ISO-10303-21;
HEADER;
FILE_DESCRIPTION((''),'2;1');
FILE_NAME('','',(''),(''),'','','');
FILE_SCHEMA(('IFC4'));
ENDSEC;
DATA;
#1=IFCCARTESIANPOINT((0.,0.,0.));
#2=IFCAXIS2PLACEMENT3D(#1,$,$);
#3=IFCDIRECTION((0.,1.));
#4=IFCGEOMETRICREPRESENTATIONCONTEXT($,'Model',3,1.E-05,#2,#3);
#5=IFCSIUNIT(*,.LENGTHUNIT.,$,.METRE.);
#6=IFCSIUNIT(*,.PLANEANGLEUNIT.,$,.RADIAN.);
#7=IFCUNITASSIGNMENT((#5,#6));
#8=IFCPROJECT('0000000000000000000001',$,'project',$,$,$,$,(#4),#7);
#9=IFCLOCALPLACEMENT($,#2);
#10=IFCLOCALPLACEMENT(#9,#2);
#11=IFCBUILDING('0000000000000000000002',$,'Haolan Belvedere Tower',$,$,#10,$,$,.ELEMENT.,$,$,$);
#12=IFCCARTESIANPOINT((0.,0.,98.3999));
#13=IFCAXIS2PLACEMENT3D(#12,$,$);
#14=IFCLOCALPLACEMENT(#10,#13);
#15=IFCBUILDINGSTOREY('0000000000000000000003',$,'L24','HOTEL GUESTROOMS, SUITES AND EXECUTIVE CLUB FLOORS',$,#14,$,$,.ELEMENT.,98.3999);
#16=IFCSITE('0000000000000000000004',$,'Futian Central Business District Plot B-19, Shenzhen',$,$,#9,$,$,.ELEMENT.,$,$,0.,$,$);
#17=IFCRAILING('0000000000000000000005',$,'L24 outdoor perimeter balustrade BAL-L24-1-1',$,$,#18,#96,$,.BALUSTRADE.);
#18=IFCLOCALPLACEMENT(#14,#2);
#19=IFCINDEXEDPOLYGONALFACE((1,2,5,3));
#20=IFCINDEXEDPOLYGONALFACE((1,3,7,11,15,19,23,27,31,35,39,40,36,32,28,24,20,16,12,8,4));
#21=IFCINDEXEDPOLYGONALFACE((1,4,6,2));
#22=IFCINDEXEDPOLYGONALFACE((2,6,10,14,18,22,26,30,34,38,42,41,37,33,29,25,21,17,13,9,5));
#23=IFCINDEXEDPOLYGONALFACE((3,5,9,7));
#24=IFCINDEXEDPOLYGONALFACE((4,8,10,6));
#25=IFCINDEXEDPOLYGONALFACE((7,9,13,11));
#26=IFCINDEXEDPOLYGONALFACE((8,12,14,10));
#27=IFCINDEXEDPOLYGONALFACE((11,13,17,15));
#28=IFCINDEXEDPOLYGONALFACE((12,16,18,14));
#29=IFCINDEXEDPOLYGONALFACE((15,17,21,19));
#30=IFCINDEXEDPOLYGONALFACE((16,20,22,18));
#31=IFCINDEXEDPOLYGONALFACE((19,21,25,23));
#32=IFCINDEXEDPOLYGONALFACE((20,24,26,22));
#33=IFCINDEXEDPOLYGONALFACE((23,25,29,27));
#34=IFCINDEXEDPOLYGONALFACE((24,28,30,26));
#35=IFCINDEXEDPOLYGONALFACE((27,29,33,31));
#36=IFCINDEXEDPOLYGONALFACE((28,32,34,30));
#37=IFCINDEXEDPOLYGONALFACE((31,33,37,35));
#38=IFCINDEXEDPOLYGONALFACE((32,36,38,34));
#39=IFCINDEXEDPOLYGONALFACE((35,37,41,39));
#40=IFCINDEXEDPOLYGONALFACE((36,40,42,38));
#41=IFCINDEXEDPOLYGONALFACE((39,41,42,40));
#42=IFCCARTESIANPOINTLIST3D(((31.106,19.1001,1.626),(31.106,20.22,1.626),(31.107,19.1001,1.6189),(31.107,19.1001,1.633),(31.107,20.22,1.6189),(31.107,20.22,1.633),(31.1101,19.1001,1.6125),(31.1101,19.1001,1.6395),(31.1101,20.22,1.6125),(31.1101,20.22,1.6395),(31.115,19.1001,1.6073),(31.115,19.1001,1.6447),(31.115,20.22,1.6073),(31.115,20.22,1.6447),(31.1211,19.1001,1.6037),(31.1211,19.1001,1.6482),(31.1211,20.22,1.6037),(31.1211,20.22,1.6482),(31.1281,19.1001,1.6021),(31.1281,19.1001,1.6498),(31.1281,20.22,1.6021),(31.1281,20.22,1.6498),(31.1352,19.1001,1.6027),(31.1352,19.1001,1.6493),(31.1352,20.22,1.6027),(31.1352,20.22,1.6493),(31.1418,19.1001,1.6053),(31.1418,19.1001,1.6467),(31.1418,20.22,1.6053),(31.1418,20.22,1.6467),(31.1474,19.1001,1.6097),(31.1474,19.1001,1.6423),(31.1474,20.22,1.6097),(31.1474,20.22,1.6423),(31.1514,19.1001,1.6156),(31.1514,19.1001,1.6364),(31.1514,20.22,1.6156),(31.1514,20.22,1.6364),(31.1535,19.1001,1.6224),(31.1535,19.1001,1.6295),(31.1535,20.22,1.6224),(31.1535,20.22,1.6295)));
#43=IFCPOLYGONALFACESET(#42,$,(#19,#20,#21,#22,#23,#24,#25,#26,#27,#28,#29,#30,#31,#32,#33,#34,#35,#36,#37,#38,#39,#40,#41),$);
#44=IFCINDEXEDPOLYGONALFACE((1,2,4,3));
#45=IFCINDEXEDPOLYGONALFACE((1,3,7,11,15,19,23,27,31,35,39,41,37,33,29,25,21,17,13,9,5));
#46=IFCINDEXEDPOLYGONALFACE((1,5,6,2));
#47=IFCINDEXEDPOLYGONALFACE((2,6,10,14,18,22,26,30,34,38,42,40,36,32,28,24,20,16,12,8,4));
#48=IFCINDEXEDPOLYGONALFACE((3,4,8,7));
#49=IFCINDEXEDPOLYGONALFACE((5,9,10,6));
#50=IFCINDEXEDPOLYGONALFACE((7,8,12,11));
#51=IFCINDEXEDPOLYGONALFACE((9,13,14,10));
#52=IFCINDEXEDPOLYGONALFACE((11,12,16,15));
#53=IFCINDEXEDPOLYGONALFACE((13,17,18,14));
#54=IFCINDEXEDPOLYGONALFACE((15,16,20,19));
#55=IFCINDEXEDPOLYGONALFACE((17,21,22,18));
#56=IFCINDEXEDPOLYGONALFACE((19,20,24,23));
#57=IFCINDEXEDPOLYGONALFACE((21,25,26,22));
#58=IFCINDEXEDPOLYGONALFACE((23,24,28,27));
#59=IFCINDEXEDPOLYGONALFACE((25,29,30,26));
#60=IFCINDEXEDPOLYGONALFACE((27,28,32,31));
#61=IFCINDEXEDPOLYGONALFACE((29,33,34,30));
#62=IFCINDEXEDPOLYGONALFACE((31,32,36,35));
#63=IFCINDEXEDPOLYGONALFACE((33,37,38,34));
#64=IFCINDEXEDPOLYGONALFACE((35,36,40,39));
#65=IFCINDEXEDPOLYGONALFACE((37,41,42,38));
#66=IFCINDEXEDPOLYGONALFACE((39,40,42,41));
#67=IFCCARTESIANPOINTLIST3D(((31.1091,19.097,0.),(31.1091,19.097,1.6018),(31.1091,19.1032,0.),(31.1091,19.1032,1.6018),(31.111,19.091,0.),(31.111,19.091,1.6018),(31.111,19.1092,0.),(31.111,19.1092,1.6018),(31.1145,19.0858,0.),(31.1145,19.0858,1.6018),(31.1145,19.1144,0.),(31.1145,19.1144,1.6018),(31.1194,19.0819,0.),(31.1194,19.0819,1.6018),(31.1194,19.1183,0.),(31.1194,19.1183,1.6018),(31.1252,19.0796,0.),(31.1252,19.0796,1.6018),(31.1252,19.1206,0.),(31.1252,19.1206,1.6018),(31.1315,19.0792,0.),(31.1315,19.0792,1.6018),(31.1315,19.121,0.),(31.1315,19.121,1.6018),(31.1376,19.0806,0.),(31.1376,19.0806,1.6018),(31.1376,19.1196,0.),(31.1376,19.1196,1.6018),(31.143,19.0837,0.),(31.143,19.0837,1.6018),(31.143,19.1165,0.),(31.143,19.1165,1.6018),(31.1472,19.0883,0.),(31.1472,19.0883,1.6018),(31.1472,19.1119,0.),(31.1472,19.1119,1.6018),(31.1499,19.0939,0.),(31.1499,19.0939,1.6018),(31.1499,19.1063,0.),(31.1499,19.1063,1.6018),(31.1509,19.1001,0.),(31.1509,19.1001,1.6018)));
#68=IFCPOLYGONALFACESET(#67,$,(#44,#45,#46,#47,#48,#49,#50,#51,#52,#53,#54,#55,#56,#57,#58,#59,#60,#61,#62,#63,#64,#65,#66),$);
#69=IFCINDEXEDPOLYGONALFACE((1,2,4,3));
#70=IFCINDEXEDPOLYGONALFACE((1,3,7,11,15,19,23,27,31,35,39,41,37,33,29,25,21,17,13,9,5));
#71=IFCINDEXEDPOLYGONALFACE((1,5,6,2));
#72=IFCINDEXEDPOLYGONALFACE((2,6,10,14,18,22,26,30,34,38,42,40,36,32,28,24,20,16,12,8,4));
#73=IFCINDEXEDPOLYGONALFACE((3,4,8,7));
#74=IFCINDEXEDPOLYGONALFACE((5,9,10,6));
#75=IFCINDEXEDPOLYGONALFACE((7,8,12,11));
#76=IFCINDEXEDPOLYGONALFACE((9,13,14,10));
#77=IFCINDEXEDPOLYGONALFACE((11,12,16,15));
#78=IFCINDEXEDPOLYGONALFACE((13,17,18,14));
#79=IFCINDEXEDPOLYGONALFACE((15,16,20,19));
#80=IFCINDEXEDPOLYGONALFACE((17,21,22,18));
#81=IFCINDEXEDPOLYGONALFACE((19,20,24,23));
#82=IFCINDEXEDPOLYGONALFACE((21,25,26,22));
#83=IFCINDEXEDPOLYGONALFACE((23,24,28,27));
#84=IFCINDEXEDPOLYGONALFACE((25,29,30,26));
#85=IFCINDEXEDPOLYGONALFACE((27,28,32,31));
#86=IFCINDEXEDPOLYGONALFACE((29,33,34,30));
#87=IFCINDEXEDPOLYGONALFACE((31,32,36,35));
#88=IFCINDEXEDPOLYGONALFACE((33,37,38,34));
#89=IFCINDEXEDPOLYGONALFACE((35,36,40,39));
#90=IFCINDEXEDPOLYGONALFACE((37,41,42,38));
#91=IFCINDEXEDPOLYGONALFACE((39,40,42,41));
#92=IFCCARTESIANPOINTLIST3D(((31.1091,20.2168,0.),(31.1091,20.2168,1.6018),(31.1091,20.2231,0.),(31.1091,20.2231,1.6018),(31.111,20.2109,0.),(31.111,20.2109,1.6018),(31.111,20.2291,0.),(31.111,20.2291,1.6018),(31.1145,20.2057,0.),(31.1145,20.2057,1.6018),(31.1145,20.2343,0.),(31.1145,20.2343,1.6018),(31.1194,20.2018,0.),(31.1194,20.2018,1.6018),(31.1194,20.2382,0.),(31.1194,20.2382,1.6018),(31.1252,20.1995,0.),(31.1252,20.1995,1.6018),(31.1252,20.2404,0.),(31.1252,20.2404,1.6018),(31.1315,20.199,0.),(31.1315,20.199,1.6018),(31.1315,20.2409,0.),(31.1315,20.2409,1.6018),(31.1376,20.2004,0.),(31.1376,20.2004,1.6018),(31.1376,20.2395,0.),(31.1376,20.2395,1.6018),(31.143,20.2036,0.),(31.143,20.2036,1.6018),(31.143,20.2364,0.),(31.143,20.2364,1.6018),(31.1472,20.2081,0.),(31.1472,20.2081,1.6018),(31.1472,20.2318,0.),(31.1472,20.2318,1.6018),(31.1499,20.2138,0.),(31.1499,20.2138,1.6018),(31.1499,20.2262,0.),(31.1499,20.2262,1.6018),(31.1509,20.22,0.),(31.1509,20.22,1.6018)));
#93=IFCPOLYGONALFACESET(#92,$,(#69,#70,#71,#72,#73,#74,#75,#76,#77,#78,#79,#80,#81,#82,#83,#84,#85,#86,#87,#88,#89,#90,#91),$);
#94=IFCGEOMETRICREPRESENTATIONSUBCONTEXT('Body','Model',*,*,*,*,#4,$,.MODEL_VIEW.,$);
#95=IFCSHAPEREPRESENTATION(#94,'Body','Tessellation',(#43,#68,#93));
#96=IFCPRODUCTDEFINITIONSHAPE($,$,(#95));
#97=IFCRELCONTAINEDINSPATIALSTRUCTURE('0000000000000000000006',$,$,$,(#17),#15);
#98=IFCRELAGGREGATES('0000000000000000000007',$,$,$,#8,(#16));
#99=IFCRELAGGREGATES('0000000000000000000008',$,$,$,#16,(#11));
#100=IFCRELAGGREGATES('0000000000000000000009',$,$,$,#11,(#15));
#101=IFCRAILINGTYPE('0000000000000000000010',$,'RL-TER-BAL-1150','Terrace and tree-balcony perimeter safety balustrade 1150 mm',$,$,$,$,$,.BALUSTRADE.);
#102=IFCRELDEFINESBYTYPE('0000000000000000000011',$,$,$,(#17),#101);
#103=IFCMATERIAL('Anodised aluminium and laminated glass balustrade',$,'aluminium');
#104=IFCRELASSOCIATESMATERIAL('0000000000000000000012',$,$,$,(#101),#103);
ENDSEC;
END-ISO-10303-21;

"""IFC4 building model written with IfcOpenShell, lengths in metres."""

from ifc_helpers import new_model, si_unit, direction, frame, origin, origin_2d, place, context, subcontext, project, spatial, circle, extrude, material, type_object, element, save


model = new_model("IFC4")

# Units and contexts
model_context = context("Model", 3, precision=1e-05, world=origin(), true_north=direction((0.0, 1.0)))
body_context = subcontext(model_context, "Body", "Model", "MODEL_VIEW")
ifc_project = project(units=[si_unit("LENGTHUNIT", "METRE"), si_unit("PLANEANGLEUNIT", "RADIAN")], contexts=[model_context])

# Site, building, storey
site_placement = place(None, origin())
site = spatial("IfcSite", under=ifc_project, at=site_placement, Name="Futian Central Business District Plot B-19, Shenzhen", CompositionType="ELEMENT", RefElevation=0.0)
building_placement = place(site_placement, origin())
building = spatial("IfcBuilding", under=site, at=building_placement, Name="Haolan Belvedere Tower", CompositionType="ELEMENT")
storey_placement = place(building_placement, frame((0.0, 0.0, 98.3999)))
storey = spatial("IfcBuildingStorey", under=building, at=storey_placement, Name="L24", Description="HOTEL GUESTROOMS, SUITES AND EXECUTIVE CLUB FLOORS", CompositionType="ELEMENT", Elevation=98.3999)

# Railing
ifc_material_1 = material(Name="Anodised aluminium and laminated glass balustrade", Category="aluminium")
railing_type = type_object("IfcRailingType", Name="RL-TER-BAL-1150", Description="Terrace and tree-balcony perimeter safety balustrade 1150 mm", PredefinedType="BALUSTRADE", material=ifc_material_1)
railing_placement = place(storey_placement, frame((31.1299, 19.1001, 0.0)))
element("IfcRailing", 1, at=railing_placement, inside=storey, type_object=railing_type, Name="L24 outdoor perimeter balustrade BAL-L24-1-1", PredefinedType="BALUSTRADE", context=body_context, shape_type="SweptSolid", body=[
    extrude(circle(Radius=0.0239, at=origin_2d()), frame((0.0, 0.0, 1.626), z_axis=(0.0, 1.0, 0.0), x_axis=(-1.0, 0.0, 0.0)), (0.0, 0.0, 1.0), 1.1199),
    extrude(circle(Radius=0.021, at=origin_2d()), origin(), (0.0, 0.0, 1.0), 1.6018),
    extrude(circle(Radius=0.021, at=origin_2d()), frame((0.0, 1.1199, 0.0)), (0.0, 0.0, 1.0), 1.6018),
])

save(model, "model.ifc")
